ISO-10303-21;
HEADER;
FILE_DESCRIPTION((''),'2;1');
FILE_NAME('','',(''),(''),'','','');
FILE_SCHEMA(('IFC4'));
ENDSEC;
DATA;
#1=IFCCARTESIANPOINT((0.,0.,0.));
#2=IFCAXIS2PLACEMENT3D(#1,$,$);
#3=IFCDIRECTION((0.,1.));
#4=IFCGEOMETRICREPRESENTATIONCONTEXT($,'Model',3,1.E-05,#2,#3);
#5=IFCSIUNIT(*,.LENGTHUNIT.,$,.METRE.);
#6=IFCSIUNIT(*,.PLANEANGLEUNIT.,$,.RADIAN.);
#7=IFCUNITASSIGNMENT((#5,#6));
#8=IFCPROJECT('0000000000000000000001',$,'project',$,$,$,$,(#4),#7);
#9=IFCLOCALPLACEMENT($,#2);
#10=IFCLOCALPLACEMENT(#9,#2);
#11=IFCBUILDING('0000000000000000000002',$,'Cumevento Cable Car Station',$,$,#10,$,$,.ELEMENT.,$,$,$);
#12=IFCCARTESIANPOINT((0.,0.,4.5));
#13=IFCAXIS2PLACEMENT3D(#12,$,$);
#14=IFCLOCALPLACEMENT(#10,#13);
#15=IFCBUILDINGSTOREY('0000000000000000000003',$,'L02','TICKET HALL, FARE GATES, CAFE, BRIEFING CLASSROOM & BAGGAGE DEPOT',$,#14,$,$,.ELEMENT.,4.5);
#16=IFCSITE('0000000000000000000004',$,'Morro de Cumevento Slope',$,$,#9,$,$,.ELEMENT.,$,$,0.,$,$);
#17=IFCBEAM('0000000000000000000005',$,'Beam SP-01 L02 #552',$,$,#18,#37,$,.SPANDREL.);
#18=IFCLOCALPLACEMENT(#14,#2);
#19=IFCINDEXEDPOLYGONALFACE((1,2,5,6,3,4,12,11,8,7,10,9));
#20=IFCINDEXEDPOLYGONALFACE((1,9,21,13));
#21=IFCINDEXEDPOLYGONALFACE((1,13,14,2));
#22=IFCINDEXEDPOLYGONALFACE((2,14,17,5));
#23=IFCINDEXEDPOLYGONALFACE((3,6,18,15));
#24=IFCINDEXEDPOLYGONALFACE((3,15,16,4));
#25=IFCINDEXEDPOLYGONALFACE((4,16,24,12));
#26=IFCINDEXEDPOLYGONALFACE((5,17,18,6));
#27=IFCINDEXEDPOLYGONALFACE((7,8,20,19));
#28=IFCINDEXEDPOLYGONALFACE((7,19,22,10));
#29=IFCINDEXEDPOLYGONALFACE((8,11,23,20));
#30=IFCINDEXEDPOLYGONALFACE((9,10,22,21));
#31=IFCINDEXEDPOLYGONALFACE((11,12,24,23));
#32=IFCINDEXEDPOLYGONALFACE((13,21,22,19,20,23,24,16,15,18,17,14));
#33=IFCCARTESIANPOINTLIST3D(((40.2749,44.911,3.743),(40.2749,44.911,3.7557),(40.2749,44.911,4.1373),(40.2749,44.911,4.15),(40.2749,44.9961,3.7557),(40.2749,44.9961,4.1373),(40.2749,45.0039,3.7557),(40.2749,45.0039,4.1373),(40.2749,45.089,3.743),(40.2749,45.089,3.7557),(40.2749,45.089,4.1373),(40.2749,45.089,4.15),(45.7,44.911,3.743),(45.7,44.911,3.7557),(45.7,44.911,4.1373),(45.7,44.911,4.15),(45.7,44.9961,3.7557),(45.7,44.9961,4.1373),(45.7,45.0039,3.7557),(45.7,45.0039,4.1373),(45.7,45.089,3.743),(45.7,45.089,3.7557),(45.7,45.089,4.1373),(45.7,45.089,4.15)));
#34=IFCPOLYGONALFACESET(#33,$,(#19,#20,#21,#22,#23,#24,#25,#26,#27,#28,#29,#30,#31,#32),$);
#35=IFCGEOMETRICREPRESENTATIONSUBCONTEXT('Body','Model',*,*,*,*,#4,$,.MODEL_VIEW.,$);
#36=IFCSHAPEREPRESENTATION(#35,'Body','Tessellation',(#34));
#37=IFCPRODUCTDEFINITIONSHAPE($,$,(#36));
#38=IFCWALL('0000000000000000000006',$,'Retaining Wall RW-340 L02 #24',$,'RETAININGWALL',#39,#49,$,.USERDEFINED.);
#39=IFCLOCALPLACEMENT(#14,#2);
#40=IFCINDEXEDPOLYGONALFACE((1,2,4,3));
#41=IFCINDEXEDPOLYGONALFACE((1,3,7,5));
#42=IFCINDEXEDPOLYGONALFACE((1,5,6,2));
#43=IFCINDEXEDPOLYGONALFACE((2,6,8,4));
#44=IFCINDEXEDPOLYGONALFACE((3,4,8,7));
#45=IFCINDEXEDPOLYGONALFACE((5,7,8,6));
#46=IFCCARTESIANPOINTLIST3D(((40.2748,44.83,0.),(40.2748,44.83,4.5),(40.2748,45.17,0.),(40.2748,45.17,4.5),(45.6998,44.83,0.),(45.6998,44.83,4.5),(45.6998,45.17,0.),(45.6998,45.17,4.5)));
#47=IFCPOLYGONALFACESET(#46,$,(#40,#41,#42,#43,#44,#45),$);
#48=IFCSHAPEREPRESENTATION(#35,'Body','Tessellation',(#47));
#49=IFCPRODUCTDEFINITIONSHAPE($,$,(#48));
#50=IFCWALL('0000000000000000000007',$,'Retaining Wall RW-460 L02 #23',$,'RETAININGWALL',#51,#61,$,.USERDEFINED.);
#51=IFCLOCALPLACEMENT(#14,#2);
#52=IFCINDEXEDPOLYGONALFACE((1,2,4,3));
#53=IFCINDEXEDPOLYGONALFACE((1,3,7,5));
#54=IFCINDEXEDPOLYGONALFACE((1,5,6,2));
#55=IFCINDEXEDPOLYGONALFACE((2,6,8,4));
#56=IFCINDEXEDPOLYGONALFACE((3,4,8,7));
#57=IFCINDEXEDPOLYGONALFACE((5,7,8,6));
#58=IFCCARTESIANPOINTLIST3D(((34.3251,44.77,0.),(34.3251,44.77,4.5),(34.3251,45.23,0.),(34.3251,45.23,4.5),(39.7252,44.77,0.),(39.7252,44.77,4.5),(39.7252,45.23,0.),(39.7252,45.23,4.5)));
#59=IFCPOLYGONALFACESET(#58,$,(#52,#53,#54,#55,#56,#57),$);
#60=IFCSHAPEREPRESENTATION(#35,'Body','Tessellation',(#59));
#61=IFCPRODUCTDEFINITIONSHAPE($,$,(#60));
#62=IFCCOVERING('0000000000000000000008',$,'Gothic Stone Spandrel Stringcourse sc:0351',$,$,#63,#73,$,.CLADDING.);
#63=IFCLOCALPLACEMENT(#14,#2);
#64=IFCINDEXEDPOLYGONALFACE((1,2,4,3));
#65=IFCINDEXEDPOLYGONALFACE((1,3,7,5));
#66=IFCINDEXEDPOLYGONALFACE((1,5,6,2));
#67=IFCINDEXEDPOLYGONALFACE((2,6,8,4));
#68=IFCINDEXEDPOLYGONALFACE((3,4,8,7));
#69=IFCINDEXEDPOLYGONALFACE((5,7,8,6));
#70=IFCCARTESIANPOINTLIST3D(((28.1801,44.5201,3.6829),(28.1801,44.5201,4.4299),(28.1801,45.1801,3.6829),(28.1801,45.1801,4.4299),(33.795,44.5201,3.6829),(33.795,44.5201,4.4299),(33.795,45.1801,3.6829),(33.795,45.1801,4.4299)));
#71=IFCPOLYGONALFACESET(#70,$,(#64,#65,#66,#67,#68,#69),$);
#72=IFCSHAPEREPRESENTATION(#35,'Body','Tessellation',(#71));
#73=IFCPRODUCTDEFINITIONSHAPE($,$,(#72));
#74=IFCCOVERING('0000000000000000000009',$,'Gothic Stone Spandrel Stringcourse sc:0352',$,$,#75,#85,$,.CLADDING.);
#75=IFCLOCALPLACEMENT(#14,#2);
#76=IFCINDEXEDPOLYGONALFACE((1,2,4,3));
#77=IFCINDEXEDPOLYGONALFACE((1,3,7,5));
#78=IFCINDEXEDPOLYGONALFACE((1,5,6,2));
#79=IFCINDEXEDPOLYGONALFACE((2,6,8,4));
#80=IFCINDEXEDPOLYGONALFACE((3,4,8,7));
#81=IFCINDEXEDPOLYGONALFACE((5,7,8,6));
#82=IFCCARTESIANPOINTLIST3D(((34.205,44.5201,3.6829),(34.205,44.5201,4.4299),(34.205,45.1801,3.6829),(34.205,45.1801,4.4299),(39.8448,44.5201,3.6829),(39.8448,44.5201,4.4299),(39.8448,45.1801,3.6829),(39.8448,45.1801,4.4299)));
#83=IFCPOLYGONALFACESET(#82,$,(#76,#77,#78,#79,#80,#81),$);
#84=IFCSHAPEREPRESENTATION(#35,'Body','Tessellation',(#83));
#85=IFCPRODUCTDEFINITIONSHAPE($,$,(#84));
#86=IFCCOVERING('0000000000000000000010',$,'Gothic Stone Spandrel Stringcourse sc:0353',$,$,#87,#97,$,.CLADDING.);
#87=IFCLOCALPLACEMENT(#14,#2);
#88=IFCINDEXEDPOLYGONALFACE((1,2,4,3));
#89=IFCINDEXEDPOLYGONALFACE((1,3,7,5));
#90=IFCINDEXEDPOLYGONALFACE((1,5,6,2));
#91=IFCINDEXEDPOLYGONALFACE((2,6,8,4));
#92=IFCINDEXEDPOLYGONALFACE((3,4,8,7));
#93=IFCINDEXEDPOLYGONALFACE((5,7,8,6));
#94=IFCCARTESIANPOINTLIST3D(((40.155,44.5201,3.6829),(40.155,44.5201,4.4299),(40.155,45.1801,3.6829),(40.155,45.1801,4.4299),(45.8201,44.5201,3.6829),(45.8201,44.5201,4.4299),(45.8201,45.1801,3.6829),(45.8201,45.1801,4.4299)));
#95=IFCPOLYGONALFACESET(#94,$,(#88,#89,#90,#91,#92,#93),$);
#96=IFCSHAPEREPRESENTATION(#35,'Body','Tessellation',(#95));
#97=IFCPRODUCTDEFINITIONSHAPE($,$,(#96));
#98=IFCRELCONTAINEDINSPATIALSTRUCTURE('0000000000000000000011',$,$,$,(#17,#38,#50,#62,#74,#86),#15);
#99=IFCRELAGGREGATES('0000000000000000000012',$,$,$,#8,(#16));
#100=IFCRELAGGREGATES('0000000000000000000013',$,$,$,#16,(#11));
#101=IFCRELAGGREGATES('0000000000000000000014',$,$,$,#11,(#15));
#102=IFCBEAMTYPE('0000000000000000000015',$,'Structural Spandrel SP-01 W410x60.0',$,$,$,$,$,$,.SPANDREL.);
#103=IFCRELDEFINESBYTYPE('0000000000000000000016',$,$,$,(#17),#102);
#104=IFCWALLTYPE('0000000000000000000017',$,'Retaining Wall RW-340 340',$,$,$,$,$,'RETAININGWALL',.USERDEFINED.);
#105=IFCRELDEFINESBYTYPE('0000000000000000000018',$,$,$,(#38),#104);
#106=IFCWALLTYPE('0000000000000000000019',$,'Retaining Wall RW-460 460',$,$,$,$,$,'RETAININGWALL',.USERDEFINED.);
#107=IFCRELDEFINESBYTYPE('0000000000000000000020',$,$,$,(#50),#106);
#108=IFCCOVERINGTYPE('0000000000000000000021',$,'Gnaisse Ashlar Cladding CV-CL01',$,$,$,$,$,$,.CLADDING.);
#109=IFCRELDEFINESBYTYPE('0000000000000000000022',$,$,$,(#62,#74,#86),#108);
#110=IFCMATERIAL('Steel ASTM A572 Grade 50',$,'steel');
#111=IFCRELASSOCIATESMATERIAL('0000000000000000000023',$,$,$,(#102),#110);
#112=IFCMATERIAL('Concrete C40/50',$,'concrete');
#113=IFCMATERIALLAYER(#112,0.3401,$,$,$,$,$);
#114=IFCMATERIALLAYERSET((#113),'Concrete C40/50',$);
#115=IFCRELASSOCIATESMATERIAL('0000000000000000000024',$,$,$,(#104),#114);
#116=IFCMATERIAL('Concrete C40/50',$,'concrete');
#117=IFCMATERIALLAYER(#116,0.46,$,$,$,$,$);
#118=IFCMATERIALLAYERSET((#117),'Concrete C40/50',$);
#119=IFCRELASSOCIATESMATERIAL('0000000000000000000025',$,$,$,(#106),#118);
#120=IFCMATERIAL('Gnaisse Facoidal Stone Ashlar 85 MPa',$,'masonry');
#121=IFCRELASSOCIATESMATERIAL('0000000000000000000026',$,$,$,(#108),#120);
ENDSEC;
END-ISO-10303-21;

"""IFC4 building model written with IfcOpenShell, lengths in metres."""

from ifc_helpers import new_model, si_unit, direction, frame, frame_2d, origin, origin_2d, place, context, subcontext, project, spatial, rectangle, i_section, extrude, material, layer, layer_set, material_profile, profile_set, type_object, element, save


model = new_model("IFC4")

# Units and contexts
model_context = context("Model", 3, precision=1e-05, world=origin(), true_north=direction((0.0, 1.0)))
body_context = subcontext(model_context, "Body", "Model", "MODEL_VIEW")
ifc_project = project(units=[si_unit("LENGTHUNIT", "METRE"), si_unit("PLANEANGLEUNIT", "RADIAN")], contexts=[model_context])

# Site, building, storey
site_placement = place(None, origin())
site = spatial("IfcSite", under=ifc_project, at=site_placement, Name="Morro de Cumevento Slope", CompositionType="ELEMENT", RefElevation=0.0)
building_placement = place(site_placement, origin())
building = spatial("IfcBuilding", under=site, at=building_placement, Name="Cumevento Cable Car Station", CompositionType="ELEMENT")
storey_placement = place(building_placement, frame((0.0, 0.0, 4.5)))
storey = spatial("IfcBuildingStorey", under=building, at=storey_placement, Name="L02", Description="TICKET HALL, FARE GATES, CAFE, BRIEFING CLASSROOM & BAGGAGE DEPOT", CompositionType="ELEMENT", Elevation=4.5)

# Beam
ifc_material_1 = material(Name="Steel ASTM A572 Grade 50", Category="steel")
ifc_material_profile_1 = material_profile(ifc_material_1, i_section(OverallWidth=0.178, OverallDepth=0.407, WebThickness=0.0078, FlangeThickness=0.0127, at=origin_2d()), Name="W410x60.0")
ifc_profile_set_1 = profile_set([ifc_material_profile_1], Name="Steel ASTM A572 Grade 50")
beam_type_1 = type_object("IfcBeamType", Name="Structural Spandrel SP-01 W410x60.0", PredefinedType="SPANDREL", material=ifc_profile_set_1)
beam_1_placement = place(storey_placement, frame((40.2749, 45.0, 3.9465), z_axis=(1.0, 0.0, 0.0), x_axis=(0.0, 1.0, 0.0)))
element("IfcBeam", 1, at=beam_1_placement, inside=storey, type_object=beam_type_1, Name="Beam SP-01 L02 #552", PredefinedType="SPANDREL", context=body_context, shape_type="SweptSolid", body=[
    extrude(i_section(OverallWidth=0.178, OverallDepth=0.407, WebThickness=0.0078, FlangeThickness=0.0127, at=origin_2d()), origin(), (0.0, 0.0, 1.0), 5.425),
])

# Walls
ifc_material_2 = material(Name="Concrete C40/50", Category="concrete")
ifc_layer_1 = layer(ifc_material_2, 0.3401)
ifc_layer_set_1 = layer_set([ifc_layer_1], Name="Concrete C40/50")
wall_type_1 = type_object("IfcWallType", Name="Retaining Wall RW-340 340", ElementType="RETAININGWALL", PredefinedType="USERDEFINED", material=ifc_layer_set_1)
wall_1_placement = place(storey_placement, frame((40.2749, 45.0, 0.0), z_axis=(0.0, 0.0, 1.0), x_axis=(1.0, 0.0, 0.0)))
element("IfcWall", 2, at=wall_1_placement, inside=storey, type_object=wall_type_1, Name="Retaining Wall RW-340 L02 #24", ObjectType="RETAININGWALL", PredefinedType="USERDEFINED", context=body_context, shape_type="SweptSolid", body=[
    extrude(rectangle(XDim=5.425, YDim=0.3401, at=frame_2d((2.7124, 0.0))), origin(), (0.0, 0.0, 1.0), 4.5),
])
ifc_material_3 = material(Name="Concrete C40/50", Category="concrete")
ifc_layer_2 = layer(ifc_material_3, 0.46)
ifc_layer_set_2 = layer_set([ifc_layer_2], Name="Concrete C40/50")
wall_type_2 = type_object("IfcWallType", Name="Retaining Wall RW-460 460", ElementType="RETAININGWALL", PredefinedType="USERDEFINED", material=ifc_layer_set_2)
wall_2_placement = place(storey_placement, frame((34.325, 45.0, 0.0), z_axis=(0.0, 0.0, 1.0), x_axis=(1.0, 0.0, 0.0)))
element("IfcWall", 3, at=wall_2_placement, inside=storey, type_object=wall_type_2, Name="Retaining Wall RW-460 L02 #23", ObjectType="RETAININGWALL", PredefinedType="USERDEFINED", context=body_context, shape_type="SweptSolid", body=[
    extrude(rectangle(XDim=5.4001, YDim=0.46, at=frame_2d((2.7002, 0.0))), origin(), (0.0, 0.0, 1.0), 4.5),
])

# Coverings
ifc_material_4 = material(Name="Gnaisse Facoidal Stone Ashlar 85 MPa", Category="masonry")
covering_type = type_object("IfcCoveringType", Name="Gnaisse Ashlar Cladding CV-CL01", PredefinedType="CLADDING", material=ifc_material_4)
covering_1_placement = place(storey_placement, frame((30.9875, 44.8501, 3.6829), z_axis=(0.0, 0.0, 1.0), x_axis=(1.0, 0.0, 0.0)))
element("IfcCovering", 4, at=covering_1_placement, inside=storey, type_object=covering_type, Name="Gothic Stone Spandrel Stringcourse sc:0351", PredefinedType="CLADDING", context=body_context, shape_type="SweptSolid", body=[
    extrude(rectangle(XDim=5.615, YDim=0.6599, at=origin_2d()), origin(), (0.0, 0.0, 1.0), 0.7471),
])
covering_2_placement = place(storey_placement, frame((37.0249, 44.8501, 3.6829), z_axis=(0.0, 0.0, 1.0), x_axis=(1.0, 0.0, 0.0)))
element("IfcCovering", 5, at=covering_2_placement, inside=storey, type_object=covering_type, Name="Gothic Stone Spandrel Stringcourse sc:0352", PredefinedType="CLADDING", context=body_context, shape_type="SweptSolid", body=[
    extrude(rectangle(XDim=5.6399, YDim=0.6599, at=origin_2d()), origin(), (0.0, 0.0, 1.0), 0.7471),
])
covering_3_placement = place(storey_placement, frame((42.9875, 44.8501, 3.6829), z_axis=(0.0, 0.0, 1.0), x_axis=(1.0, 0.0, 0.0)))
element("IfcCovering", 6, at=covering_3_placement, inside=storey, type_object=covering_type, Name="Gothic Stone Spandrel Stringcourse sc:0353", PredefinedType="CLADDING", context=body_context, shape_type="SweptSolid", body=[
    extrude(rectangle(XDim=5.665, YDim=0.6599, at=origin_2d()), origin(), (0.0, 0.0, 1.0), 0.7471),
])

save(model, "model.ifc")
